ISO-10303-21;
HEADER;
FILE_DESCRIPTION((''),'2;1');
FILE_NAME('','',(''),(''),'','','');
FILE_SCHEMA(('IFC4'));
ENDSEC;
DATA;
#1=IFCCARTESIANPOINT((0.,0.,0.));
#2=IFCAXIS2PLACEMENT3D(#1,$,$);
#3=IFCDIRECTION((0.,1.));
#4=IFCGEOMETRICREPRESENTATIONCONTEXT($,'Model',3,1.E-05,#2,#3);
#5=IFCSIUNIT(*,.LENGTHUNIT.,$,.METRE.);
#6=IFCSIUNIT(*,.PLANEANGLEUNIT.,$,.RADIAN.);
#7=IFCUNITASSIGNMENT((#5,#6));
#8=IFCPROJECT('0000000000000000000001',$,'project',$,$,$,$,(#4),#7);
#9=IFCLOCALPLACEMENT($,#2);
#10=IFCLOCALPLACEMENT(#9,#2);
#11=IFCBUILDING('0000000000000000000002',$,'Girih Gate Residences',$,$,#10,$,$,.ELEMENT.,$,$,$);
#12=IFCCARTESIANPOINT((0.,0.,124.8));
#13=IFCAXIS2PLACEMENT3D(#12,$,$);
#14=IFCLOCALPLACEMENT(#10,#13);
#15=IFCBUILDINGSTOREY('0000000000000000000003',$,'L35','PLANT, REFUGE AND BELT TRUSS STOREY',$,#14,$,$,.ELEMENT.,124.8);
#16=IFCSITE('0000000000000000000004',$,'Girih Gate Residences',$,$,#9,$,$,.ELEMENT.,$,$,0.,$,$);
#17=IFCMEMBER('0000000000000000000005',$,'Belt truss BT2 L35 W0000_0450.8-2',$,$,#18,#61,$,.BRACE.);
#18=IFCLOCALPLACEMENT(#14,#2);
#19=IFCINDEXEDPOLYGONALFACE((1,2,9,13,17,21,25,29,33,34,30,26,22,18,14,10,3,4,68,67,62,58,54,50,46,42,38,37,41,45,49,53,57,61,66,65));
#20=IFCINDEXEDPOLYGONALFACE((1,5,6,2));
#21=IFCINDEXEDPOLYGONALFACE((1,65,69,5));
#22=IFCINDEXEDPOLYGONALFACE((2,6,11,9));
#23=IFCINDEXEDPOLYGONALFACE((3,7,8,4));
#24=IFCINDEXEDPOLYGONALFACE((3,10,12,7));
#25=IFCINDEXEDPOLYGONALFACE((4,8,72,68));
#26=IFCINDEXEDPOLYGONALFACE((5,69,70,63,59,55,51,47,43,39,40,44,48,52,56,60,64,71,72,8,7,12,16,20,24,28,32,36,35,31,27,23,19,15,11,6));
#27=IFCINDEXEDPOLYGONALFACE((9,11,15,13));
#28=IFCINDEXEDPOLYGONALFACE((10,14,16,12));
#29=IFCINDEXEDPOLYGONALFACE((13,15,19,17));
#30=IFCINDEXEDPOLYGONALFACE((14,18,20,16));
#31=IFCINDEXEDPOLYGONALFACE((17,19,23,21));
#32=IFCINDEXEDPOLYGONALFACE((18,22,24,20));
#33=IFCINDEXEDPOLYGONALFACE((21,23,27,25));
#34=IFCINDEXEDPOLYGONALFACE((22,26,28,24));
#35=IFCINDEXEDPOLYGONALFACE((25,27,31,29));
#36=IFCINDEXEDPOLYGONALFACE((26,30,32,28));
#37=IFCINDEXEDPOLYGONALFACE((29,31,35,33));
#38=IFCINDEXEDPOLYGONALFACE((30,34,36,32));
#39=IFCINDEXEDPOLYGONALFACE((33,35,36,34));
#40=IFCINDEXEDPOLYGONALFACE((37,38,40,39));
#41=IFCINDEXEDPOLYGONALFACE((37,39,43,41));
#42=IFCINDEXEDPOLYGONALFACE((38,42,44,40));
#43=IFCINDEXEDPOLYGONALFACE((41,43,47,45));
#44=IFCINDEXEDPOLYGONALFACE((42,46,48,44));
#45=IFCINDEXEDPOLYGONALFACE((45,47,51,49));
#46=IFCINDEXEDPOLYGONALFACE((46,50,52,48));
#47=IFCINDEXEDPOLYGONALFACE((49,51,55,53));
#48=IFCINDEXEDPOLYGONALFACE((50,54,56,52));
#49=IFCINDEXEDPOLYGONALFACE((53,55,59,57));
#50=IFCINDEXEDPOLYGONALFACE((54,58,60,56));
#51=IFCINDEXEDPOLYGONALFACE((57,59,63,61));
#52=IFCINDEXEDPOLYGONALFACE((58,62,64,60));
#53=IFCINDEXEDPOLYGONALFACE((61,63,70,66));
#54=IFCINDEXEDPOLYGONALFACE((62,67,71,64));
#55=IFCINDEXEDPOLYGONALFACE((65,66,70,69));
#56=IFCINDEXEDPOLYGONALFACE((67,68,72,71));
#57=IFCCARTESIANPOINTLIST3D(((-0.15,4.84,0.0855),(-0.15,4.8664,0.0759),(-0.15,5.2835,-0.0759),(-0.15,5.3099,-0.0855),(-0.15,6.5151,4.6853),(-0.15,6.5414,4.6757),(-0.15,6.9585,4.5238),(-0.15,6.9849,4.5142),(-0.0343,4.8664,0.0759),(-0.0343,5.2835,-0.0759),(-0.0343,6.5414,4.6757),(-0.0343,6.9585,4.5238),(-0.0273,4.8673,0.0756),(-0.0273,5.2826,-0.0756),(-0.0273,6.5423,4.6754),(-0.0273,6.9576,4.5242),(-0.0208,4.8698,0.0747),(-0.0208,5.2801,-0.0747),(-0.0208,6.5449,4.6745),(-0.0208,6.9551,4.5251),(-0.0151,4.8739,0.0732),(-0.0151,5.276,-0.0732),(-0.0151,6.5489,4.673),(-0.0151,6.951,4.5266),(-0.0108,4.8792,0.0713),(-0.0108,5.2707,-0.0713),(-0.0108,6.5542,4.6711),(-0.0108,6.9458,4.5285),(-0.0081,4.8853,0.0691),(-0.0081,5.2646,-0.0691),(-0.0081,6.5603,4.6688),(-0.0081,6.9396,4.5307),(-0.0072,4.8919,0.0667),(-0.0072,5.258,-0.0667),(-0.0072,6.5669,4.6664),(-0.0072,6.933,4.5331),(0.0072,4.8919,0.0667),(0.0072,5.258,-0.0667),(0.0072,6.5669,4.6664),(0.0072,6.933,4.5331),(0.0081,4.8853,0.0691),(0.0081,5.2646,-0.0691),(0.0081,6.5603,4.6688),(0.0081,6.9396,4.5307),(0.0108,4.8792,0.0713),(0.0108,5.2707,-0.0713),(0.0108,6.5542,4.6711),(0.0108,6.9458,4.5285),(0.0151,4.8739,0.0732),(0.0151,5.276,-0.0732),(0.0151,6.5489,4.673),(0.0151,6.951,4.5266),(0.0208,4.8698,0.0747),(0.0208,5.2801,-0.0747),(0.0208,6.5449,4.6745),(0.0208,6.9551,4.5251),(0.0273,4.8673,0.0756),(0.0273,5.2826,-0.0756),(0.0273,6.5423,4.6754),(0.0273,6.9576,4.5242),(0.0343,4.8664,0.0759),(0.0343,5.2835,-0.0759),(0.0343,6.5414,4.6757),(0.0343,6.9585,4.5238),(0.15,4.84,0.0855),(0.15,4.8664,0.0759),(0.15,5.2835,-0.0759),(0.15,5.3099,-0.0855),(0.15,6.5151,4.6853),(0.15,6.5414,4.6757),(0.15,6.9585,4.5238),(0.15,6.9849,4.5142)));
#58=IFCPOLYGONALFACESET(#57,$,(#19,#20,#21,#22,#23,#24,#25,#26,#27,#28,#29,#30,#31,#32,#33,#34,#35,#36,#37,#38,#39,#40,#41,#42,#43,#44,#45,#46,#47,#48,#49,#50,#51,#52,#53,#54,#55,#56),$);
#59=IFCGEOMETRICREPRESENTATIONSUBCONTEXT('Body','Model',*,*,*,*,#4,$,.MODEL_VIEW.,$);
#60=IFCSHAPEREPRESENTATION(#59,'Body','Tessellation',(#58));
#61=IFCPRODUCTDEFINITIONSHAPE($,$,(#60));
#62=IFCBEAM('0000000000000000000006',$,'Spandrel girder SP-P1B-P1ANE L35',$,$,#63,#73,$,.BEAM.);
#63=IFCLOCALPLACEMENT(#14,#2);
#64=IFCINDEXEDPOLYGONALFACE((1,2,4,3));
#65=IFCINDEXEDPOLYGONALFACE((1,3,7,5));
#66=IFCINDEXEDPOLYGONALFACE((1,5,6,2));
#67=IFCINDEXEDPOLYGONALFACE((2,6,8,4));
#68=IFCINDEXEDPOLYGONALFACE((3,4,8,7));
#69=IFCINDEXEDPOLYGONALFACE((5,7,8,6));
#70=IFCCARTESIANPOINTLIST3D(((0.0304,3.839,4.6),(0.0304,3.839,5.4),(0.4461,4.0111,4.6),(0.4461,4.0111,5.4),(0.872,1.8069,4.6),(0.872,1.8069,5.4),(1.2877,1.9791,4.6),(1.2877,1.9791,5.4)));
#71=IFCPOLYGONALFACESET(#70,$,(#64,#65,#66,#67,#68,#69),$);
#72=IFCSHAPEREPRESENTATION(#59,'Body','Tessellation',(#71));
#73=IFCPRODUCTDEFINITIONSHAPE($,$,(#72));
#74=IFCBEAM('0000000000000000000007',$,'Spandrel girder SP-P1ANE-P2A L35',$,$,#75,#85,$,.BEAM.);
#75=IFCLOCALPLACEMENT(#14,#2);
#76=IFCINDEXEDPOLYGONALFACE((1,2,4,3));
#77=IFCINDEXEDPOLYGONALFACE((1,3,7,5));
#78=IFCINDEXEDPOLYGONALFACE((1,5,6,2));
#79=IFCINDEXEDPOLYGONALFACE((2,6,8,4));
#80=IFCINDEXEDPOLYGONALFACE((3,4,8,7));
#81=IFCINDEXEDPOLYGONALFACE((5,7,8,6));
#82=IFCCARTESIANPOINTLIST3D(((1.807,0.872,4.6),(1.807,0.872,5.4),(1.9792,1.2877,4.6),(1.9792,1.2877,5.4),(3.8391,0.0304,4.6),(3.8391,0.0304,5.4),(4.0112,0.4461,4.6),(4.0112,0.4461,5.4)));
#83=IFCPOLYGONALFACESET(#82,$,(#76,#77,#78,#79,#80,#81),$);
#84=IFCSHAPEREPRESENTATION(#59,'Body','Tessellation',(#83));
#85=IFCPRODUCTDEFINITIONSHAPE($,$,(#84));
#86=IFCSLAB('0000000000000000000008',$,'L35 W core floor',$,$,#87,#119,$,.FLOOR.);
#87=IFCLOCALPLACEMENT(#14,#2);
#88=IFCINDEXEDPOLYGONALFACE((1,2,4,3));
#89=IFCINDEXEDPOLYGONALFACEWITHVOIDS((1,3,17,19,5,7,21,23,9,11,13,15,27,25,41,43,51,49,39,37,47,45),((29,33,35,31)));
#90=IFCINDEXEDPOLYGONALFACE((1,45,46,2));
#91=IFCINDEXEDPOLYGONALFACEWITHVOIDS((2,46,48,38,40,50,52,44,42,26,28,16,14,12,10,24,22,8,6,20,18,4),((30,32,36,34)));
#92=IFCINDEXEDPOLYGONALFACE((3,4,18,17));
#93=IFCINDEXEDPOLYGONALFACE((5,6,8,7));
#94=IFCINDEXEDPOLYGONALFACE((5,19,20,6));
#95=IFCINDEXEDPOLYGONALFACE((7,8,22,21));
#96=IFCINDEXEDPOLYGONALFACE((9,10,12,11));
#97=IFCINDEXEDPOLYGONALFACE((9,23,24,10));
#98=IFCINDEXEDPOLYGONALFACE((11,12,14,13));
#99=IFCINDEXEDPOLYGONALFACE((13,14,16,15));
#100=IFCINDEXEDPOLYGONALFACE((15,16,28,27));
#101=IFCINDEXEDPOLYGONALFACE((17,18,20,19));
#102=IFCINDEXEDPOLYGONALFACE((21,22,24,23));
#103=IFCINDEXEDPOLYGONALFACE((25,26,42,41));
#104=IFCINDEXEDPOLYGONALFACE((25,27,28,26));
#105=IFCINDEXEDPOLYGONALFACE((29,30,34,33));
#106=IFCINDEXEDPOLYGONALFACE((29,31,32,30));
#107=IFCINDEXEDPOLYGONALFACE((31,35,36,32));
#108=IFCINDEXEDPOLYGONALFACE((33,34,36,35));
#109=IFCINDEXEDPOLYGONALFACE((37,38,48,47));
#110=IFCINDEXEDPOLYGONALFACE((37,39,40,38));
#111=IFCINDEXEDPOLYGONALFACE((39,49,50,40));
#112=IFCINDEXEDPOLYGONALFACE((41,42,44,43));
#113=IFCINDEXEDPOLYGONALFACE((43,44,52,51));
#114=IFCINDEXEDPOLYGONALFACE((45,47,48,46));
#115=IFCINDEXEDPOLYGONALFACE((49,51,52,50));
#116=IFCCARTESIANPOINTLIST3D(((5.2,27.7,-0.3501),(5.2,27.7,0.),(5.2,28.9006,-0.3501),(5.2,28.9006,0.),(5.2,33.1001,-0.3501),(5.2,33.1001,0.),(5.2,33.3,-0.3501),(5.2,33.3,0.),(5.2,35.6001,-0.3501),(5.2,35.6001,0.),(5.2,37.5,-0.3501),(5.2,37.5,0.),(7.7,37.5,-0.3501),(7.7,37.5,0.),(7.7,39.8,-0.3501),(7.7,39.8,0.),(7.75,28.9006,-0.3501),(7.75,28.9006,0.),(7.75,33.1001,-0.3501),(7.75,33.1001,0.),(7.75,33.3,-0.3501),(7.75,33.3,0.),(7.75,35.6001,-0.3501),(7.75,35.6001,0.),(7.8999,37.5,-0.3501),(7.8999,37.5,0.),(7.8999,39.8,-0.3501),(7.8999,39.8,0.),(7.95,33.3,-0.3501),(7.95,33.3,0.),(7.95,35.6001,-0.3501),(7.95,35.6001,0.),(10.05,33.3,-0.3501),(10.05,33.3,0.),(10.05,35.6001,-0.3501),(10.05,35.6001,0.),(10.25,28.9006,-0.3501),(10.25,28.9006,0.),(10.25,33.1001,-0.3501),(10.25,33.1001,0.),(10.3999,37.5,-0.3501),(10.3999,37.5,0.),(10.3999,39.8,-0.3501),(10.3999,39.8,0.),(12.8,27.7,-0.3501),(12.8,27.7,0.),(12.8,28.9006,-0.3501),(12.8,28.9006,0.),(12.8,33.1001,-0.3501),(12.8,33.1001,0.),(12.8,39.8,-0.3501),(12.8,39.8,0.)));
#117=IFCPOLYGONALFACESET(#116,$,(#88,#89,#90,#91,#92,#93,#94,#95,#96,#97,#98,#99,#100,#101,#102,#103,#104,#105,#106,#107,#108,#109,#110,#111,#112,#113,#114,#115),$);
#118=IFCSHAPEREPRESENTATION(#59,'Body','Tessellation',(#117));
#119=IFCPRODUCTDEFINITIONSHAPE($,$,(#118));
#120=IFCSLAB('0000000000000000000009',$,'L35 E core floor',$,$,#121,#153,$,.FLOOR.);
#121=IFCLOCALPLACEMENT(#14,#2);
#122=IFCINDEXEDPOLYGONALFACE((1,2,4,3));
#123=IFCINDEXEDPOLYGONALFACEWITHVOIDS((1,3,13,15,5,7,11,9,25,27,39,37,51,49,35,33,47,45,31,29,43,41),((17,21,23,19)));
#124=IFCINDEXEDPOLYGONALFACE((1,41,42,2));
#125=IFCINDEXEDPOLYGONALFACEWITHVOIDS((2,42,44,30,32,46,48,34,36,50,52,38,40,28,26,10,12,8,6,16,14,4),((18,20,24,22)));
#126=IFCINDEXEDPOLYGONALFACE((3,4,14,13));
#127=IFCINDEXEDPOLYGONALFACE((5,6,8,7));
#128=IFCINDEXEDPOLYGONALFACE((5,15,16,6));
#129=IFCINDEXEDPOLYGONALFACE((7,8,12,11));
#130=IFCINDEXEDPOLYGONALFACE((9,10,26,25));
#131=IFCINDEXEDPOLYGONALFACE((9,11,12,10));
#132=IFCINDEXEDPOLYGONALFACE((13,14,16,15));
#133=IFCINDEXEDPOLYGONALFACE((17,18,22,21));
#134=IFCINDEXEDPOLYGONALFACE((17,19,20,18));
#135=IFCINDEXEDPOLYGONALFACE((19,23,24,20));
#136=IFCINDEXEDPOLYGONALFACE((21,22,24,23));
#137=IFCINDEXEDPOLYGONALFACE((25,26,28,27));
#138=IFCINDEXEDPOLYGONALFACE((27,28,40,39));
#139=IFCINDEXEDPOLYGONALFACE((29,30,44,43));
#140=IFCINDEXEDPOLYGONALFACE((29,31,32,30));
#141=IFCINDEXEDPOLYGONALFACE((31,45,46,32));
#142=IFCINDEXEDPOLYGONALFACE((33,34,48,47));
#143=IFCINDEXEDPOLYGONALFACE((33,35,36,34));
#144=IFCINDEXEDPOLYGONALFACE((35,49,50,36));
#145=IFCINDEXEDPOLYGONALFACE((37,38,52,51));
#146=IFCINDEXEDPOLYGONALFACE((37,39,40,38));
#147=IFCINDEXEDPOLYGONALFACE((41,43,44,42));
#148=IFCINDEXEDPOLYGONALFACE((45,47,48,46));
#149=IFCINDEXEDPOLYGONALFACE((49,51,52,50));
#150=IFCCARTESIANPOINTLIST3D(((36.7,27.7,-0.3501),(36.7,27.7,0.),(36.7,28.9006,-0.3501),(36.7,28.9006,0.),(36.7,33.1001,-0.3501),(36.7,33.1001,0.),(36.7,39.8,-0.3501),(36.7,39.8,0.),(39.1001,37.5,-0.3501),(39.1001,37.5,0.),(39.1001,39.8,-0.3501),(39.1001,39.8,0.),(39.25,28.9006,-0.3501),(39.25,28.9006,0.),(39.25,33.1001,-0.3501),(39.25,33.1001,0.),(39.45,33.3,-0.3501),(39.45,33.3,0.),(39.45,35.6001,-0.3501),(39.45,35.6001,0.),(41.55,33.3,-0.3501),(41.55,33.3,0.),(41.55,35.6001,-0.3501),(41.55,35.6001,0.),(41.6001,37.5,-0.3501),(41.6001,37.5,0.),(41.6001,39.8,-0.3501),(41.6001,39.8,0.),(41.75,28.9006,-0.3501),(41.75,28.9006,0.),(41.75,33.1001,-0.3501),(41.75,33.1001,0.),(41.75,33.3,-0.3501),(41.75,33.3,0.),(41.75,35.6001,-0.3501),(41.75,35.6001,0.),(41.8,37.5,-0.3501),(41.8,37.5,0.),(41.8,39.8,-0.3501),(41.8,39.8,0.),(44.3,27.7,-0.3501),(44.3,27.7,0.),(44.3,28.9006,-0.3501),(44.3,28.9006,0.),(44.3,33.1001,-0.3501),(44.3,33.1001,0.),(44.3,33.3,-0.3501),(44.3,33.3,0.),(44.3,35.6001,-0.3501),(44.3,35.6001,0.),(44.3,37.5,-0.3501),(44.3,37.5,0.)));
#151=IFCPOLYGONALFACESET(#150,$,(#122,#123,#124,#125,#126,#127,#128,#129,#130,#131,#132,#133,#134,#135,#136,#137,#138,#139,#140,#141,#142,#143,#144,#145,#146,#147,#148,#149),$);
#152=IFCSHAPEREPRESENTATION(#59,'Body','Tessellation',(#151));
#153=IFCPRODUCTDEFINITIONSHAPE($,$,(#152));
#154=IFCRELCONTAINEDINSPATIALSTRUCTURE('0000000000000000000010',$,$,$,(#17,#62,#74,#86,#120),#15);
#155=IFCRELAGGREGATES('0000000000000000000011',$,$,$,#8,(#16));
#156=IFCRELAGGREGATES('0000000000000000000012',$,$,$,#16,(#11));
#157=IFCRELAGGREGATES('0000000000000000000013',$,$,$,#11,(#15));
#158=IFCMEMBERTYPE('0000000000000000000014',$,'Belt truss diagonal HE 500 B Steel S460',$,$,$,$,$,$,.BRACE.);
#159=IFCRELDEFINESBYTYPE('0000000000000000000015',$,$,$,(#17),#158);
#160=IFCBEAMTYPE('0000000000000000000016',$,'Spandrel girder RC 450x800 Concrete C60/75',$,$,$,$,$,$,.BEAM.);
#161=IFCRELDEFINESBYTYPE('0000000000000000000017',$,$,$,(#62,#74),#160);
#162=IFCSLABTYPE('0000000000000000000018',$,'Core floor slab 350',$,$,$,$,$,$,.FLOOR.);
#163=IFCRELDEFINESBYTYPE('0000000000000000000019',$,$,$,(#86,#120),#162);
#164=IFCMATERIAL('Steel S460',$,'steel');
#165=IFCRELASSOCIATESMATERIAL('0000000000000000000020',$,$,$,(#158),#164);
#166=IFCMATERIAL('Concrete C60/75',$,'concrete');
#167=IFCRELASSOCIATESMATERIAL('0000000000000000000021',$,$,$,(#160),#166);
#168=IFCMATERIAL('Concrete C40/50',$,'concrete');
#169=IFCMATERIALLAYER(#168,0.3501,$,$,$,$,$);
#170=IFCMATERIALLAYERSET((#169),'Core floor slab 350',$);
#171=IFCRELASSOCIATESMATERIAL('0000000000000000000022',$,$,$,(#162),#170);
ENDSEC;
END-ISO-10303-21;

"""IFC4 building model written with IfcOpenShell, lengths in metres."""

from ifc_helpers import new_model, si_unit, direction, frame, origin, origin_2d, place, context, subcontext, project, spatial, polyline, rectangle, i_section, outline, extrude, material, layer, layer_set, material_profile, profile_set, type_object, element, save


model = new_model("IFC4")

# Units and contexts
model_context = context("Model", 3, precision=1e-05, world=origin(), true_north=direction((0.0, 1.0)))
body_context = subcontext(model_context, "Body", "Model", "MODEL_VIEW")
ifc_project = project(units=[si_unit("LENGTHUNIT", "METRE"), si_unit("PLANEANGLEUNIT", "RADIAN")], contexts=[model_context])

# Site, building, storey
site_placement = place(None, origin())
site = spatial("IfcSite", under=ifc_project, at=site_placement, Name="Girih Gate Residences", CompositionType="ELEMENT", RefElevation=0.0)
building_placement = place(site_placement, origin())
building = spatial("IfcBuilding", under=site, at=building_placement, Name="Girih Gate Residences", CompositionType="ELEMENT")
storey_placement = place(building_placement, frame((0.0, 0.0, 124.8)))
storey = spatial("IfcBuildingStorey", under=building, at=storey_placement, Name="L35", Description="PLANT, REFUGE AND BELT TRUSS STOREY", CompositionType="ELEMENT", Elevation=124.8)

# Member
ifc_material_1 = material(Name="Steel S460", Category="steel")
ifc_material_profile_1 = material_profile(ifc_material_1, i_section(OverallWidth=0.3, OverallDepth=0.5, WebThickness=0.0144, FlangeThickness=0.0281, FilletRadius=0.0271, at=origin_2d()))
ifc_profile_set_1 = profile_set([ifc_material_profile_1], Name="Steel S460")
member_type_1 = type_object("IfcMemberType", Name="Belt truss diagonal HE 500 B Steel S460", PredefinedType="BRACE", material=ifc_profile_set_1)
member_placement = place(storey_placement, frame((0.0, 5.075, 0.0), z_axis=(0.0, 0.342171, 0.939638), x_axis=(-1.0, 0.0, 0.0)))
element("IfcMember", 1, at=member_placement, inside=storey, type_object=member_type_1, Name="Belt truss BT2 L35 W0000_0450.8-2", PredefinedType="BRACE", context=body_context, shape_type="SweptSolid", body=[
    extrude(i_section(OverallWidth=0.3, OverallDepth=0.5, WebThickness=0.0144, FlangeThickness=0.0281, FilletRadius=0.0271, at=origin_2d()), origin(), (0.0, 0.0, 1.0), 4.8953),
])

# Beams
ifc_material_2 = material(Name="Concrete C60/75", Category="concrete")
ifc_material_profile_2 = material_profile(ifc_material_2, rectangle(XDim=0.45, YDim=0.8, at=origin_2d()))
ifc_profile_set_2 = profile_set([ifc_material_profile_2], Name="Concrete C60/75")
beam_type = type_object("IfcBeamType", Name="Spandrel girder RC 450x800 Concrete C60/75", PredefinedType="BEAM", material=ifc_profile_set_2)
for number, where, z_axis, x_axis, name in (
    (2, (0.2383, 3.925, 5.0), (0.382636, -0.923899, 0.0), (0.923899, 0.382636, 0.0), "Spandrel girder SP-P1B-P1ANE L35"),
    (3, (1.8931, 1.0798, 5.0), (0.923899, -0.382636, 0.0), (0.382636, 0.923899, 0.0), "Spandrel girder SP-P1ANE-P2A L35"),
):
    element("IfcBeam", number, at=place(storey_placement, frame(where, z_axis=z_axis, x_axis=x_axis)), inside=storey, type_object=beam_type, Name=name, PredefinedType="BEAM", context=body_context, shape_type="SweptSolid", body=[
        extrude(rectangle(XDim=0.45, YDim=0.8, at=origin_2d()), origin(), (0.0, 0.0, 1.0), 2.1995),
    ])

# Slabs
ifc_material_3 = material(Name="Concrete C40/50", Category="concrete")
ifc_layer_1 = layer(ifc_material_3, 0.3501)
ifc_layer_set_1 = layer_set([ifc_layer_1], Name="Core floor slab 350")
slab_type_1 = type_object("IfcSlabType", Name="Core floor slab 350", PredefinedType="FLOOR", material=ifc_layer_set_1)
slab_1_placement = place(storey_placement, frame((0.0, 0.0, -0.3501)))
element("IfcSlab", 4, at=slab_1_placement, inside=storey, type_object=slab_type_1, Name="L35 W core floor", PredefinedType="FLOOR", context=body_context, shape_type="SweptSolid", body=[
    extrude(outline(polyline([(12.8, 27.7), (5.2, 27.7), (5.2, 28.9006), (7.75, 28.9006), (7.75, 33.1001), (5.2, 33.1001), (5.2, 33.3), (7.75, 33.3), (7.75, 35.6001), (5.2, 35.6001), (5.2, 37.5), (7.7, 37.5), (7.7, 39.8), (7.8999, 39.8), (7.8999, 37.5), (10.3999, 37.5), (10.3999, 39.8), (12.8, 39.8), (12.8, 33.1001), (10.25, 33.1001), (10.25, 28.9006), (12.8, 28.9006), (12.8, 27.7)]), holes=[polyline([(7.95, 33.3), (10.05, 33.3), (10.05, 35.6001), (7.95, 35.6001), (7.95, 33.3)])]), origin(), (0.0, 0.0, 1.0), 0.3501),
])
slab_2_placement = place(storey_placement, frame((0.0, 0.0, -0.3501)))
element("IfcSlab", 5, at=slab_2_placement, inside=storey, type_object=slab_type_1, Name="L35 E core floor", PredefinedType="FLOOR", context=body_context, shape_type="SweptSolid", body=[
    extrude(outline(polyline([(44.3, 27.7), (36.7, 27.7), (36.7, 28.9006), (39.25, 28.9006), (39.25, 33.1001), (36.7, 33.1001), (36.7, 39.8), (39.1001, 39.8), (39.1001, 37.5), (41.6001, 37.5), (41.6001, 39.8), (41.8, 39.8), (41.8, 37.5), (44.3, 37.5), (44.3, 35.6001), (41.75, 35.6001), (41.75, 33.3), (44.3, 33.3), (44.3, 33.1001), (41.75, 33.1001), (41.75, 28.9006), (44.3, 28.9006), (44.3, 27.7)]), holes=[polyline([(39.45, 35.6001), (39.45, 33.3), (41.55, 33.3), (41.55, 35.6001), (39.45, 35.6001)])]), origin(), (0.0, 0.0, 1.0), 0.3501),
])

save(model, "model.ifc")
